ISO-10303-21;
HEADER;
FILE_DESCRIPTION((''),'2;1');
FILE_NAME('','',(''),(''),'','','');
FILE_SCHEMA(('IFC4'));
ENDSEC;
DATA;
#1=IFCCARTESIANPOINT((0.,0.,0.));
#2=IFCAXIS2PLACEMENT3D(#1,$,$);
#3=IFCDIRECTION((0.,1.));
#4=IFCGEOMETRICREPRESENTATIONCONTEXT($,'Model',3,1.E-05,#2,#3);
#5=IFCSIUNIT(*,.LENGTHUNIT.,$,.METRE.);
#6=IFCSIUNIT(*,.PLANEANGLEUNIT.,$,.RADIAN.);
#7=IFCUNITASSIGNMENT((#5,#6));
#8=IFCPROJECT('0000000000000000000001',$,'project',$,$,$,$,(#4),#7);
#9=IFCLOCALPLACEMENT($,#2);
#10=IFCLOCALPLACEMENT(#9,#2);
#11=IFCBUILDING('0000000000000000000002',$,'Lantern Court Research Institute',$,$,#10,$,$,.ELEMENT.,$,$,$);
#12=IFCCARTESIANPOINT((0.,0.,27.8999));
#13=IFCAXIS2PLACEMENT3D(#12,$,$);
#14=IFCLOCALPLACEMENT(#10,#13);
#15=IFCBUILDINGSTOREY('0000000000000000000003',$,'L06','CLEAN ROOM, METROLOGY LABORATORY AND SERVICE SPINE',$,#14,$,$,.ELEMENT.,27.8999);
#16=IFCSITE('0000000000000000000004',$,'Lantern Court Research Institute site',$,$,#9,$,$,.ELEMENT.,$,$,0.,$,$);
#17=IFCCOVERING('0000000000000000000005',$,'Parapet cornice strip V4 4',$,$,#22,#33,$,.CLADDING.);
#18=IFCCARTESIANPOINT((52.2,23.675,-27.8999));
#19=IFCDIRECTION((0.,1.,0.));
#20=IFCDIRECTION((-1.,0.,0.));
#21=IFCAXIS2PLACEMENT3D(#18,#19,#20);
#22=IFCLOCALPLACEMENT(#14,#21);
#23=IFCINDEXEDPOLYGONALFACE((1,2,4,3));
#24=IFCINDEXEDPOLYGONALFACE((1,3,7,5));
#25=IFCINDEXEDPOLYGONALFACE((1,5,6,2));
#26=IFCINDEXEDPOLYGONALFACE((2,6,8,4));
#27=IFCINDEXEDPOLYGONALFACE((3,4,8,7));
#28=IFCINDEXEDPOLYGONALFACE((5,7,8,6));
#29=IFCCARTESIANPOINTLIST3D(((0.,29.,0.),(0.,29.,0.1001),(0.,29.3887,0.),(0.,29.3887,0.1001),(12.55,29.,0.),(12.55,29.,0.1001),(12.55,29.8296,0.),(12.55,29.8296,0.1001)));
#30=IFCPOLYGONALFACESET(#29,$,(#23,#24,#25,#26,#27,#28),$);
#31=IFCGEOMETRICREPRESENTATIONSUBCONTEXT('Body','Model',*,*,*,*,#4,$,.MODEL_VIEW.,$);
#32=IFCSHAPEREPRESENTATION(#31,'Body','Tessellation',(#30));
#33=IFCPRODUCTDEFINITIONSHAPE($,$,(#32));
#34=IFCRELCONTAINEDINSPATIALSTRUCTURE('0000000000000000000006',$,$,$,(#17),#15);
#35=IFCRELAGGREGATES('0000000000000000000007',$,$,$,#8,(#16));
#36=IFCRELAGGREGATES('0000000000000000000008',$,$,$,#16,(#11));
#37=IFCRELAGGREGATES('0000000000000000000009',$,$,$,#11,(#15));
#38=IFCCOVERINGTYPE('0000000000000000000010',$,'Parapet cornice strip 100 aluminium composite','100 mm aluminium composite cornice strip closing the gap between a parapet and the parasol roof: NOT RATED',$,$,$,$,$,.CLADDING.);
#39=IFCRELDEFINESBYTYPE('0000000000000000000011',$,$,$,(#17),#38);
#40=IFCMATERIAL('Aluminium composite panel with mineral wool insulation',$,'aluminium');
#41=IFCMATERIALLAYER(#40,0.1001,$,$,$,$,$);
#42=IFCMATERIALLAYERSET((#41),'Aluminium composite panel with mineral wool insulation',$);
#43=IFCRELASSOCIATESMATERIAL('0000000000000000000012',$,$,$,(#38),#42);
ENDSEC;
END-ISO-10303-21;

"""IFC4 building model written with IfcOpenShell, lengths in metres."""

from ifc_helpers import new_model, si_unit, direction, frame, origin, place, context, subcontext, project, spatial, polyline, outline, extrude, material, layer, layer_set, type_object, element, save


model = new_model("IFC4")

# Units and contexts
model_context = context("Model", 3, precision=1e-05, world=origin(), true_north=direction((0.0, 1.0)))
body_context = subcontext(model_context, "Body", "Model", "MODEL_VIEW")
ifc_project = project(units=[si_unit("LENGTHUNIT", "METRE"), si_unit("PLANEANGLEUNIT", "RADIAN")], contexts=[model_context])

# Site, building, storey
site_placement = place(None, origin())
site = spatial("IfcSite", under=ifc_project, at=site_placement, Name="Lantern Court Research Institute site", CompositionType="ELEMENT", RefElevation=0.0)
building_placement = place(site_placement, origin())
building = spatial("IfcBuilding", under=site, at=building_placement, Name="Lantern Court Research Institute", CompositionType="ELEMENT")
storey_placement = place(building_placement, frame((0.0, 0.0, 27.8999)))
storey = spatial("IfcBuildingStorey", under=building, at=storey_placement, Name="L06", Description="CLEAN ROOM, METROLOGY LABORATORY AND SERVICE SPINE", CompositionType="ELEMENT", Elevation=27.8999)

# Covering
ifc_material_1 = material(Name="Aluminium composite panel with mineral wool insulation", Category="aluminium")
ifc_layer_1 = layer(ifc_material_1, 0.1001)
ifc_layer_set_1 = layer_set([ifc_layer_1], Name="Aluminium composite panel with mineral wool insulation")
covering_type = type_object("IfcCoveringType", Name="Parapet cornice strip 100 aluminium composite", Description="100 mm aluminium composite cornice strip closing the gap between a parapet and the parasol roof: NOT RATED", PredefinedType="CLADDING", material=ifc_layer_set_1)
covering_placement = place(storey_placement, frame((52.2, 23.675, -27.8999), z_axis=(0.0, 1.0, 0.0), x_axis=(-1.0, 0.0, 0.0)))
element("IfcCovering", 1, at=covering_placement, inside=storey, type_object=covering_type, Name="Parapet cornice strip V4 4", PredefinedType="CLADDING", context=body_context, shape_type="SweptSolid", body=[
    extrude(outline(polyline([(0.0, 29.0), (12.55, 29.0), (12.55, 29.8296), (0.0, 29.3887), (0.0, 29.0)])), origin(), (0.0, 0.0, 1.0), 0.1001),
])

save(model, "model.ifc")
